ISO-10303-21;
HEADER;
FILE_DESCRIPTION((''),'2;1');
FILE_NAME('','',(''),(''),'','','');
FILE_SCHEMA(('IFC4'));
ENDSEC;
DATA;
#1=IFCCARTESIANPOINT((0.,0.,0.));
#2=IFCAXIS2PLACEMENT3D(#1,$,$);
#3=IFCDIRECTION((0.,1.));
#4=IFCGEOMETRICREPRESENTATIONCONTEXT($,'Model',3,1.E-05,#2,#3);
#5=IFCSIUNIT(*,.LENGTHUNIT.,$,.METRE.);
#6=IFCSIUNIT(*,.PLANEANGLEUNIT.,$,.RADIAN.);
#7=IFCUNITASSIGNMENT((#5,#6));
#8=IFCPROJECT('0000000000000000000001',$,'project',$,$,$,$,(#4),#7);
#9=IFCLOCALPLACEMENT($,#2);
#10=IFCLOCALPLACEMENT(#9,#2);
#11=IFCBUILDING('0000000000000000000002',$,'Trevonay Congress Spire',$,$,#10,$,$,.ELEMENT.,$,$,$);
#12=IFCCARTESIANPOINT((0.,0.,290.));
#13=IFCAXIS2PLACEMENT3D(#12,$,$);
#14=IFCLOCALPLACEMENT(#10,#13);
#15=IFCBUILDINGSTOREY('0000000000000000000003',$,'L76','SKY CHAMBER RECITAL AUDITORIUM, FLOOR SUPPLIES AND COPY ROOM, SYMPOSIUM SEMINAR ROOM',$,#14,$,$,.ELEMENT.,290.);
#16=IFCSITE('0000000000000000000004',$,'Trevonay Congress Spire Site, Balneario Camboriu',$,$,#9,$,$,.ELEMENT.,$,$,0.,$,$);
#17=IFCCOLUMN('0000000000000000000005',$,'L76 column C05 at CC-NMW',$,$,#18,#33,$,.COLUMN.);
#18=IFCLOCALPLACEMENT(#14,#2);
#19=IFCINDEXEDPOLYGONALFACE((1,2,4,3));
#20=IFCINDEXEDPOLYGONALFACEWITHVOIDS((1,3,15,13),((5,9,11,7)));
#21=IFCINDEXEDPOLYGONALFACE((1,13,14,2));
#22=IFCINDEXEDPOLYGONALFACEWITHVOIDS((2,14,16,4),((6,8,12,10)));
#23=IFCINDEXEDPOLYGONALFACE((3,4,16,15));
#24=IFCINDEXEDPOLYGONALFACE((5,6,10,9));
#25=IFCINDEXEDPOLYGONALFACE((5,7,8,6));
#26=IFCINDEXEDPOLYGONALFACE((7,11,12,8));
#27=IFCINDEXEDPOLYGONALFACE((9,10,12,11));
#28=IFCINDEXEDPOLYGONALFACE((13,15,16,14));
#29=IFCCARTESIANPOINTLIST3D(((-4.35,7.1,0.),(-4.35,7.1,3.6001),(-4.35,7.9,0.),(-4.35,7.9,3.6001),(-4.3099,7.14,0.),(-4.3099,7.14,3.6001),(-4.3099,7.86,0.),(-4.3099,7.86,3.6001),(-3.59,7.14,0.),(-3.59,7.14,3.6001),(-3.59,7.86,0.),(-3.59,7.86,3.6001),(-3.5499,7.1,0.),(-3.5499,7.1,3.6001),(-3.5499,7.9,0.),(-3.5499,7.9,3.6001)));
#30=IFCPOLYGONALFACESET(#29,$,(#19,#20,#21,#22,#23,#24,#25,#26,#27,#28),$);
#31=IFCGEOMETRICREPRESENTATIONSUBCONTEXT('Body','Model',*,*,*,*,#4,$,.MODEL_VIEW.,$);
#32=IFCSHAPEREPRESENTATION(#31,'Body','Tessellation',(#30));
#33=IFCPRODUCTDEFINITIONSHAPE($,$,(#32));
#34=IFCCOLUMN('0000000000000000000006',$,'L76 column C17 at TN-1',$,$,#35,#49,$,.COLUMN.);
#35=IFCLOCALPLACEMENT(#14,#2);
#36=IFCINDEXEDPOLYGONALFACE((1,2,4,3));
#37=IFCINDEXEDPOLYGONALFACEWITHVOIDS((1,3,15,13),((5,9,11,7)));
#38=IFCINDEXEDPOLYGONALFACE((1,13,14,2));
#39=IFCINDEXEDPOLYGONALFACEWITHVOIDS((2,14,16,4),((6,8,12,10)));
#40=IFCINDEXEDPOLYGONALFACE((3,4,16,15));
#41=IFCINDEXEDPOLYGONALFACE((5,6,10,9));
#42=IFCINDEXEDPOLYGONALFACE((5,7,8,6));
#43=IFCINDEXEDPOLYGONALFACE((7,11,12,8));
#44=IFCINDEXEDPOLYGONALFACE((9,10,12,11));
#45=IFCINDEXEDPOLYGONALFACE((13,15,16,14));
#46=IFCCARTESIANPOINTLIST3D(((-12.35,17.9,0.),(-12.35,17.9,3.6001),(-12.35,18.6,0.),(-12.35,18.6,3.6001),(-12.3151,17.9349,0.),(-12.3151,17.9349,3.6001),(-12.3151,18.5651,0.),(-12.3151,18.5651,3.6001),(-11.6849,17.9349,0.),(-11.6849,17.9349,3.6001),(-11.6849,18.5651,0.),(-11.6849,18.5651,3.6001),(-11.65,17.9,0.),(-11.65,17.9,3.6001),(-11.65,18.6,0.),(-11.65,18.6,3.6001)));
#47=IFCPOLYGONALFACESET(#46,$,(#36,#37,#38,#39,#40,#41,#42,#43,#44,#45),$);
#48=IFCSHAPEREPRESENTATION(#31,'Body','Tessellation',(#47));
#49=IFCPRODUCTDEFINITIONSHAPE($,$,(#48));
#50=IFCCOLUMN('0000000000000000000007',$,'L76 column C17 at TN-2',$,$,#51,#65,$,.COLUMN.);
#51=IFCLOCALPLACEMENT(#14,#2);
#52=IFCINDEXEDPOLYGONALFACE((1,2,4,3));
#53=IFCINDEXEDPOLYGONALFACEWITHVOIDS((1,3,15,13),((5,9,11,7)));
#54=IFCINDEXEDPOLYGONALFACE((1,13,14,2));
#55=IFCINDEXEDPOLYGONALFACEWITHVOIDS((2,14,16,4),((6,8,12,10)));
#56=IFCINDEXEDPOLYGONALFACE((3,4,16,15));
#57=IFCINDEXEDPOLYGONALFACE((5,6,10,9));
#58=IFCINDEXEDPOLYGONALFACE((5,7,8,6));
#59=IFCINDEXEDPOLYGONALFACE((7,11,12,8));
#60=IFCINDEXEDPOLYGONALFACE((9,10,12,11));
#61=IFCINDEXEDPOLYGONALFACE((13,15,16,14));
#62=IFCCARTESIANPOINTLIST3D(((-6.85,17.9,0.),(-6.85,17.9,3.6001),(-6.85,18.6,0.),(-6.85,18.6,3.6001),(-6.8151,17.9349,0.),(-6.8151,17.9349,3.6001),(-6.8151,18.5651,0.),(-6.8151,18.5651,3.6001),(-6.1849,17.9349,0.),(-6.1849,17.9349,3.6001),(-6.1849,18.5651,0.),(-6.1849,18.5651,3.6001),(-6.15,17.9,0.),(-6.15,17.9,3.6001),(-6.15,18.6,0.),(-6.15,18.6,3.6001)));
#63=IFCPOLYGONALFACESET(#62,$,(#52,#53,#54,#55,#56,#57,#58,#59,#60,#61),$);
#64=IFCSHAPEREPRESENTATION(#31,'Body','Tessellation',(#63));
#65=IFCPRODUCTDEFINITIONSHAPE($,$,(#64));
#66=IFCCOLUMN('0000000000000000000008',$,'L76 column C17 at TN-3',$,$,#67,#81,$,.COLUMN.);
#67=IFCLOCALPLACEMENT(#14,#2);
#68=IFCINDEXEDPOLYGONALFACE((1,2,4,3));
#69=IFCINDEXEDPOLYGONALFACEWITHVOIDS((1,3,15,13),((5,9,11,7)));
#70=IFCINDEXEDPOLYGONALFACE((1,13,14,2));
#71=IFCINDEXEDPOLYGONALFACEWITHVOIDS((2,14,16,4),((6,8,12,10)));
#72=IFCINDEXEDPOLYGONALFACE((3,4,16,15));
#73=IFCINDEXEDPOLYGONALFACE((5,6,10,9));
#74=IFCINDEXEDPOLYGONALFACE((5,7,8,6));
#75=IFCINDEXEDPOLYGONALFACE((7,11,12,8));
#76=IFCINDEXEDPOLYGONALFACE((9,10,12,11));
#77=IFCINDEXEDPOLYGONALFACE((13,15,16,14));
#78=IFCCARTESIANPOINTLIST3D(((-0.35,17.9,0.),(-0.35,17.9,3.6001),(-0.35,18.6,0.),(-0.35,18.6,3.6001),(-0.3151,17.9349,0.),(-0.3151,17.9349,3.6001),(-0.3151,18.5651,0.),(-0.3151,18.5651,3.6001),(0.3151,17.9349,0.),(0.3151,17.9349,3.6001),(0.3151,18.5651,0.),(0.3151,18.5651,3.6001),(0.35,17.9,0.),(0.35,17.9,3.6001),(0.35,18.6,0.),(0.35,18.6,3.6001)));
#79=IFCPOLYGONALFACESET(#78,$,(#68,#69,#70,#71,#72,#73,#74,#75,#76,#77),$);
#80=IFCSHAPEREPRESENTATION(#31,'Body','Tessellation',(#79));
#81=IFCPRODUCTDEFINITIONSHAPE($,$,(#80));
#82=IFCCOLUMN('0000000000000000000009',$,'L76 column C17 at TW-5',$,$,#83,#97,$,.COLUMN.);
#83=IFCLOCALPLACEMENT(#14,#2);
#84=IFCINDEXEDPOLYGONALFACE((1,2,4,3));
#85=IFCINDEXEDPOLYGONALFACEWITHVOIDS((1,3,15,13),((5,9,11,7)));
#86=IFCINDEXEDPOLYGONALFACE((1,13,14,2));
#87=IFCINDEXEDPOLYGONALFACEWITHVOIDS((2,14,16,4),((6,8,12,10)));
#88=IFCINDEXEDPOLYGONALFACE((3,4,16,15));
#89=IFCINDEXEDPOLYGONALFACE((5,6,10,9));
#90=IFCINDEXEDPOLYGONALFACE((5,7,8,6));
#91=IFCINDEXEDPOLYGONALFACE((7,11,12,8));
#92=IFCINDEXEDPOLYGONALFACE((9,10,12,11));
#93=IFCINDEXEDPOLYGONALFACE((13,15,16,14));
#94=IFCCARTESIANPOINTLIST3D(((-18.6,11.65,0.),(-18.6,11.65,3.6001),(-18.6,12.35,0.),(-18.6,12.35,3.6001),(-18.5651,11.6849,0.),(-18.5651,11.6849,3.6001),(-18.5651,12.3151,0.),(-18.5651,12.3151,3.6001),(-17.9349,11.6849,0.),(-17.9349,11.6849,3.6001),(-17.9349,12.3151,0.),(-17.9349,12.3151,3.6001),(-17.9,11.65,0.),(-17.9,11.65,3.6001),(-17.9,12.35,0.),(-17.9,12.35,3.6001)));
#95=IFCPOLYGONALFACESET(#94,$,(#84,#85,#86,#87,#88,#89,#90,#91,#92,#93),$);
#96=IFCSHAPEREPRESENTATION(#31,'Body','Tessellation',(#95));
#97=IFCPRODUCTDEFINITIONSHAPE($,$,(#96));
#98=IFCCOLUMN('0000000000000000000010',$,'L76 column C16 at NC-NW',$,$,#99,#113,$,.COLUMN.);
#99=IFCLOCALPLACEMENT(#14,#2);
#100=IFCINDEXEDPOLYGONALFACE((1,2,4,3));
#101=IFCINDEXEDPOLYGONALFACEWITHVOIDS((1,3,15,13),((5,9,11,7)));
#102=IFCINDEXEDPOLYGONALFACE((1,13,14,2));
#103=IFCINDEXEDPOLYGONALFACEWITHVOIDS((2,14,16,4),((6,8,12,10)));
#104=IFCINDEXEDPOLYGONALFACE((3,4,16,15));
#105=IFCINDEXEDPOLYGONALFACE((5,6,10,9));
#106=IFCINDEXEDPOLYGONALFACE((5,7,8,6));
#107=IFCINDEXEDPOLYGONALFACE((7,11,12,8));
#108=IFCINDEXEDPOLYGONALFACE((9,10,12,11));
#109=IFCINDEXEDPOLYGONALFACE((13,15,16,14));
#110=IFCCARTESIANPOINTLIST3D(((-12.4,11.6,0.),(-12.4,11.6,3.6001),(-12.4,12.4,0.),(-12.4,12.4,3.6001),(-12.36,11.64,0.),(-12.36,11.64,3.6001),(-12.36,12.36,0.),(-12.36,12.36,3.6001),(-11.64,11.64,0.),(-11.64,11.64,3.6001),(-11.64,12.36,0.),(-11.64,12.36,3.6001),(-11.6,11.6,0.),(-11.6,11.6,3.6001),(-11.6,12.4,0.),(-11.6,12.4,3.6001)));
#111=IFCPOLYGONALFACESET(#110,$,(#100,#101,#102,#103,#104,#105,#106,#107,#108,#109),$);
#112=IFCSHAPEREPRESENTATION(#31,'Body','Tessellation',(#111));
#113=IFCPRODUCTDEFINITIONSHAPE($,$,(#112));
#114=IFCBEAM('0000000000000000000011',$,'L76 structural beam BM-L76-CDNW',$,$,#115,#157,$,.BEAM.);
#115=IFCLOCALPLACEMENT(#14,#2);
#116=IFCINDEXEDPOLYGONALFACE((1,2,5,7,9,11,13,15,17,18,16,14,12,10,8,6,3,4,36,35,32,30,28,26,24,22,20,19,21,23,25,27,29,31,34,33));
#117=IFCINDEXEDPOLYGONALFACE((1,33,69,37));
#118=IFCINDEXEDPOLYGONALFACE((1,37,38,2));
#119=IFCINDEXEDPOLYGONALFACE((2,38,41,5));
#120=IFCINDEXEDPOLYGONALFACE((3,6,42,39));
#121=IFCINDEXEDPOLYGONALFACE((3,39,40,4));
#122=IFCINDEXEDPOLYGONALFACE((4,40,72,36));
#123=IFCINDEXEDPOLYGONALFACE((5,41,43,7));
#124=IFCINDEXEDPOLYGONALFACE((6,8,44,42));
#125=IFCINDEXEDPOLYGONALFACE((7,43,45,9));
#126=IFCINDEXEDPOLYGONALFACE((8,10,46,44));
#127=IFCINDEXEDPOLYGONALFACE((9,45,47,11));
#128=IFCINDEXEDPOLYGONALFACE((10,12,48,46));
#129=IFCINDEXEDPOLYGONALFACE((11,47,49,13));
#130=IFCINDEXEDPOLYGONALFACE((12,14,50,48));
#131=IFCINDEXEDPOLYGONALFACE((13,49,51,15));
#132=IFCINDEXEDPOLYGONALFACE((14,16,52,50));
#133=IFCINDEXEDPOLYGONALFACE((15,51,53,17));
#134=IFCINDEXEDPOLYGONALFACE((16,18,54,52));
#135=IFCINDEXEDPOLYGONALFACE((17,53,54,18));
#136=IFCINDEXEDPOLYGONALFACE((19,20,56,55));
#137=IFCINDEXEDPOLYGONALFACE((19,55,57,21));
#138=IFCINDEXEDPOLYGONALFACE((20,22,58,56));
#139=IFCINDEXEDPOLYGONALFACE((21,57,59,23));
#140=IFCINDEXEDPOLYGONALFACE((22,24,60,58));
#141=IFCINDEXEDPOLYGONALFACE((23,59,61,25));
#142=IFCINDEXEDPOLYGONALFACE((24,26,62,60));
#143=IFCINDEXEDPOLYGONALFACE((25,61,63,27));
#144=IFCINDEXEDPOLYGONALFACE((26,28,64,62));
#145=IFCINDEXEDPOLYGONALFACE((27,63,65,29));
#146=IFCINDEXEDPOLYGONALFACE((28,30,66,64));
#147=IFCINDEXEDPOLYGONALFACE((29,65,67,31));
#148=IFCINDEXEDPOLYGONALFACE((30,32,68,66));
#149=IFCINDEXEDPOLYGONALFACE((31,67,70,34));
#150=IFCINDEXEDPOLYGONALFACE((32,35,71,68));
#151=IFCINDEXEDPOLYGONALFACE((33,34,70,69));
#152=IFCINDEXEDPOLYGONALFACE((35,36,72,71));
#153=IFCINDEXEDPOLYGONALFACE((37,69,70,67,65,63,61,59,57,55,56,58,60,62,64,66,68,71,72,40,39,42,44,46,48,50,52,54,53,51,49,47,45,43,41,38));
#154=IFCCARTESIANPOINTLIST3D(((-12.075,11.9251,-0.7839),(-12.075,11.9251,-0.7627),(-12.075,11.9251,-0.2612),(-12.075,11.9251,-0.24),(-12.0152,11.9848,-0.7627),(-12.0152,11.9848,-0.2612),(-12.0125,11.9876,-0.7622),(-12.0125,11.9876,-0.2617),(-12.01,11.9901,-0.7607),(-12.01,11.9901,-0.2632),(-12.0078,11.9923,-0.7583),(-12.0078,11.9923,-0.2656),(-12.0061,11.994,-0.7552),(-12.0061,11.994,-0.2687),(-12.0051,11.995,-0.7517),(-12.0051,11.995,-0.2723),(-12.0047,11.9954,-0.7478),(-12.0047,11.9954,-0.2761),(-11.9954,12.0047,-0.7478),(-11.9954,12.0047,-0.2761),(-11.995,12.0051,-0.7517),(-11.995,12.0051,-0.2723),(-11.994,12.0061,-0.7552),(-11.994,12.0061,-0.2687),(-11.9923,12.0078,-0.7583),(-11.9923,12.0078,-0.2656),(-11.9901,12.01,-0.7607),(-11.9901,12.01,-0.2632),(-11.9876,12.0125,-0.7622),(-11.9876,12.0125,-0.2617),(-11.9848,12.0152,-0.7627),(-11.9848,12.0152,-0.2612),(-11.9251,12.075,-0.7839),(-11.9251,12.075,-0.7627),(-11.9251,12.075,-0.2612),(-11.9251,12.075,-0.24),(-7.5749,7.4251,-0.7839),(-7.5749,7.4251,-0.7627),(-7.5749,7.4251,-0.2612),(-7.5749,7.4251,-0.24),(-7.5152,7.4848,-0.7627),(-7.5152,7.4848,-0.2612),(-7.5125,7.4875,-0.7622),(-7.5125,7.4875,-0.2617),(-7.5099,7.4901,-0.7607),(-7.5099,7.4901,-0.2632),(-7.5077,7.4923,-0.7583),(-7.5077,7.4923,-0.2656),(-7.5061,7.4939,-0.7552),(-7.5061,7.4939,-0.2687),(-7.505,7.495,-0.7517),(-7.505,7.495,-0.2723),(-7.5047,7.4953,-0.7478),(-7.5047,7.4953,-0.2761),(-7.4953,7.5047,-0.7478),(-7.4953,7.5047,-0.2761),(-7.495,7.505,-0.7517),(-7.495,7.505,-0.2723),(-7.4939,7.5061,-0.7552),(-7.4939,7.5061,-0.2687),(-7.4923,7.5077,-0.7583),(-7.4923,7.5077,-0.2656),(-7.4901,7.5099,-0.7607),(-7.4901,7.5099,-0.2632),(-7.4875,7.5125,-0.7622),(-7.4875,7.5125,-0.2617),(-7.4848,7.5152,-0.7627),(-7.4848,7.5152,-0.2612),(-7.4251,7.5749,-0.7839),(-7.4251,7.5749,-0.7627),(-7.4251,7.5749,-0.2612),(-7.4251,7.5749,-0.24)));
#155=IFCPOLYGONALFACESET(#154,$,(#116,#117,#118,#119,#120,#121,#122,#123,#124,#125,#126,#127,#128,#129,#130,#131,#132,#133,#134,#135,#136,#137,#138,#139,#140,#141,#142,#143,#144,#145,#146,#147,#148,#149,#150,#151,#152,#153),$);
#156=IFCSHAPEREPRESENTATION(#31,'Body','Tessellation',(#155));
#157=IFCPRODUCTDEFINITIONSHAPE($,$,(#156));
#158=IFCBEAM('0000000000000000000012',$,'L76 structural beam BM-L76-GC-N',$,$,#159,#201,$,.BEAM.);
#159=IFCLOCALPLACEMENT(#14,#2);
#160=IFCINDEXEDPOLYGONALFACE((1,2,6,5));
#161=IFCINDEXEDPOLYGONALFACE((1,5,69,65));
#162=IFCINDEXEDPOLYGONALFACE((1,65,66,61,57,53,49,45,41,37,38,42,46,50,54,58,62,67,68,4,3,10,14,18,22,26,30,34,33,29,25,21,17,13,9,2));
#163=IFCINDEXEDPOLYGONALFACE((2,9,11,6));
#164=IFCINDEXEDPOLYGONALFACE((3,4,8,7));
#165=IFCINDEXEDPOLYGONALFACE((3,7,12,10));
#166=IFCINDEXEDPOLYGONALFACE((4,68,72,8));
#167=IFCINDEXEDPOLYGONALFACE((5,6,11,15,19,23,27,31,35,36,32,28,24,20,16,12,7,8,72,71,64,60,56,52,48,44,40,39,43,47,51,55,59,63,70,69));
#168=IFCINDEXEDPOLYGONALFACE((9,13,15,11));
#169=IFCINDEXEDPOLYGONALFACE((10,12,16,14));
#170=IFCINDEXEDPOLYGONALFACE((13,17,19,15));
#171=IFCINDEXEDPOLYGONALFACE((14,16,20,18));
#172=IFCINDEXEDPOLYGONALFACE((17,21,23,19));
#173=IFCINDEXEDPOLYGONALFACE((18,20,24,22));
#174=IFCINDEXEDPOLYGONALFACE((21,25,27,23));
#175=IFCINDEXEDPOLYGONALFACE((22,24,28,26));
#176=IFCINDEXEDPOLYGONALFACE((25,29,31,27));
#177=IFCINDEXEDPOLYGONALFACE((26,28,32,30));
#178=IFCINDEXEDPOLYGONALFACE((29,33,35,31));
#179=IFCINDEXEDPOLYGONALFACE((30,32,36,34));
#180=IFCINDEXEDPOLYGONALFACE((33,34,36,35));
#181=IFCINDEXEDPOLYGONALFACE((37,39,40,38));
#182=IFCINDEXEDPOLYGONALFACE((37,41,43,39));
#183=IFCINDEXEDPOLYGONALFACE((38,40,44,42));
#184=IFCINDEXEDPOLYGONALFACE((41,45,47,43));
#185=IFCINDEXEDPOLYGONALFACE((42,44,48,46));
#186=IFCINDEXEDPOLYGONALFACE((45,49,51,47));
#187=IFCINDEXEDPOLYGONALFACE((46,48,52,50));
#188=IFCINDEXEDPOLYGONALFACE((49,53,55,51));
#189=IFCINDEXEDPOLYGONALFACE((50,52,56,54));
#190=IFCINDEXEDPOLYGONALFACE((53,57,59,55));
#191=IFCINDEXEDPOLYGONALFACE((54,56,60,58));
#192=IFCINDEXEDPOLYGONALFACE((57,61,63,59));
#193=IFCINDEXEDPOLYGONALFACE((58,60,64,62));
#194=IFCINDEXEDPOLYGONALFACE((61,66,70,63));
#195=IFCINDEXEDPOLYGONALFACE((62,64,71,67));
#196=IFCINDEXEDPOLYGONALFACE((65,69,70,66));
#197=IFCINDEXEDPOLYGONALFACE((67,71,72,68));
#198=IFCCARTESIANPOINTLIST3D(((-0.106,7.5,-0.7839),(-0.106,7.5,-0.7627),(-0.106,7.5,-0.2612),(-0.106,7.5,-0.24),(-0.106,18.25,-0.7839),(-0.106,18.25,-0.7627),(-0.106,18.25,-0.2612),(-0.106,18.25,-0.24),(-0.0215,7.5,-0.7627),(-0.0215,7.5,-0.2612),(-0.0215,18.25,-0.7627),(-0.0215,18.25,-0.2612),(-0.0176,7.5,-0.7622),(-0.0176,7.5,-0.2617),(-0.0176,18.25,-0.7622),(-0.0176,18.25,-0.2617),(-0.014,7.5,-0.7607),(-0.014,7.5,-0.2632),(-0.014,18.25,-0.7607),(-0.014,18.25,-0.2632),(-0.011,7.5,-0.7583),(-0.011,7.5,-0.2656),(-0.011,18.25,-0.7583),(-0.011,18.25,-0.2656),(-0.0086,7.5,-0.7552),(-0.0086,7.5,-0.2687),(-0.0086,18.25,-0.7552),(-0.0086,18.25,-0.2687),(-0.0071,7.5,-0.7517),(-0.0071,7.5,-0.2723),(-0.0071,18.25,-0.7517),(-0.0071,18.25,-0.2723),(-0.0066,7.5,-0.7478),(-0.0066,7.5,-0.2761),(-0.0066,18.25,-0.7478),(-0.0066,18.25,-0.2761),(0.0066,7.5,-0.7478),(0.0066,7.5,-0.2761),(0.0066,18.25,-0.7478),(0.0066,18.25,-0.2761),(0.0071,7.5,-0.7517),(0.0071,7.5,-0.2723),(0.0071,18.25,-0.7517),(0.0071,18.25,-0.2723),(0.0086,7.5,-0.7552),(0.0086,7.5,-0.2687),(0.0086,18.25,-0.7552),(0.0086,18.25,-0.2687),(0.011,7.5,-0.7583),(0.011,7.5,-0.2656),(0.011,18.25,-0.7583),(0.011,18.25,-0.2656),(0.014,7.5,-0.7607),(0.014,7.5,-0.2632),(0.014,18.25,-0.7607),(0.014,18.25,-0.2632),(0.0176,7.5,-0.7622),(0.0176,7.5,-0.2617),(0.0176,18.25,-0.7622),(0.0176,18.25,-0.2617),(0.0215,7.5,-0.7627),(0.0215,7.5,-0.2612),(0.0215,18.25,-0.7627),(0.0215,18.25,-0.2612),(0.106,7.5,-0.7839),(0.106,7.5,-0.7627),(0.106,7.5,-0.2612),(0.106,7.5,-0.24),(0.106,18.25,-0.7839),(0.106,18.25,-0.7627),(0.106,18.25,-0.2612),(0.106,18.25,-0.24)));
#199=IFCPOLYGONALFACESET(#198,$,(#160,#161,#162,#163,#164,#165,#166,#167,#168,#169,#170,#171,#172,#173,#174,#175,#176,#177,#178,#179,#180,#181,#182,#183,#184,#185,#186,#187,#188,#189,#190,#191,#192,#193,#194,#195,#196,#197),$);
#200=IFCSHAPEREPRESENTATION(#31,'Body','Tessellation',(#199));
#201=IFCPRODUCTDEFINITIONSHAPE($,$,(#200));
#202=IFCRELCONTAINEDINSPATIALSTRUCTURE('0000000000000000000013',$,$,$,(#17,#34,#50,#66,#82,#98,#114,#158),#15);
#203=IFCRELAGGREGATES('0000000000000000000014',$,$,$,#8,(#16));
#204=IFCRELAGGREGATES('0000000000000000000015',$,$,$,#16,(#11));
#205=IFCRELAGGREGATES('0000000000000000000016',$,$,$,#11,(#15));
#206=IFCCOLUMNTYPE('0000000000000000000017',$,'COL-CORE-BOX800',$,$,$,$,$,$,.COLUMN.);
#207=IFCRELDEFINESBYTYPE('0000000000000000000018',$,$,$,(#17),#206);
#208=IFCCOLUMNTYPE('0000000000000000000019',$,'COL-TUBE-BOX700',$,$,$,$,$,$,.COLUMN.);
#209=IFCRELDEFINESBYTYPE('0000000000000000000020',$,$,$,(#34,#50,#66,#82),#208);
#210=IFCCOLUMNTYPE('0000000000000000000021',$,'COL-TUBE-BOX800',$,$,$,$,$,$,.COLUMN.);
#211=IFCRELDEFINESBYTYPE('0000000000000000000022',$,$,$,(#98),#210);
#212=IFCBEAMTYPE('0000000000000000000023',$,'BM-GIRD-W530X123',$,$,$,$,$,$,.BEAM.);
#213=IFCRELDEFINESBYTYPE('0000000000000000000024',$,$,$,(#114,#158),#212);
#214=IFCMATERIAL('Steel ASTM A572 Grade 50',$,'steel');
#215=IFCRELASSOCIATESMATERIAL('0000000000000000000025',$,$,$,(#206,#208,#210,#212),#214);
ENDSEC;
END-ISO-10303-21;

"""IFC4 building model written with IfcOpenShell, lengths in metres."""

from ifc_helpers import new_model, si_unit, direction, frame, origin, origin_2d, place, context, subcontext, project, spatial, hollow_rectangle, i_section, extrude, material, material_profile, profile_set, type_object, element, save


model = new_model("IFC4")

# Units and contexts
model_context = context("Model", 3, precision=1e-05, world=origin(), true_north=direction((0.0, 1.0)))
body_context = subcontext(model_context, "Body", "Model", "MODEL_VIEW")
ifc_project = project(units=[si_unit("LENGTHUNIT", "METRE"), si_unit("PLANEANGLEUNIT", "RADIAN")], contexts=[model_context])

# Site, building, storey
site_placement = place(None, origin())
site = spatial("IfcSite", under=ifc_project, at=site_placement, Name="Trevonay Congress Spire Site, Balneario Camboriu", CompositionType="ELEMENT", RefElevation=0.0)
building_placement = place(site_placement, origin())
building = spatial("IfcBuilding", under=site, at=building_placement, Name="Trevonay Congress Spire", CompositionType="ELEMENT")
storey_placement = place(building_placement, frame((0.0, 0.0, 290.0)))
storey = spatial("IfcBuildingStorey", under=building, at=storey_placement, Name="L76", Description="SKY CHAMBER RECITAL AUDITORIUM, FLOOR SUPPLIES AND COPY ROOM, SYMPOSIUM SEMINAR ROOM", CompositionType="ELEMENT", Elevation=290.0)

# Columns
ifc_material_1 = material(Name="Steel ASTM A572 Grade 50", Category="steel")
ifc_material_profile_1 = material_profile(ifc_material_1, hollow_rectangle(XDim=0.8, YDim=0.8, WallThickness=0.04, at=origin_2d()), Name="BOX 800x800x40")
ifc_profile_set_1 = profile_set([ifc_material_profile_1], Name="Steel ASTM A572 Grade 50")
column_type_1 = type_object("IfcColumnType", Name="COL-CORE-BOX800", PredefinedType="COLUMN", material=ifc_profile_set_1)
column_1_placement = place(storey_placement, frame((-3.95, 7.5, 0.0), z_axis=(0.0, 0.0, 1.0), x_axis=(1.0, 0.0, 0.0)))
element("IfcColumn", 1, at=column_1_placement, inside=storey, type_object=column_type_1, Name="L76 column C05 at CC-NMW", PredefinedType="COLUMN", context=body_context, shape_type="SweptSolid", body=[
    extrude(hollow_rectangle(XDim=0.8, YDim=0.8, WallThickness=0.04, at=origin_2d()), origin(), (0.0, 0.0, 1.0), 3.6001),
])
ifc_material_profile_2 = material_profile(ifc_material_1, hollow_rectangle(XDim=0.7, YDim=0.7, WallThickness=0.0349, at=origin_2d()), Name="BOX 700x700x35")
ifc_profile_set_2 = profile_set([ifc_material_profile_2], Name="Steel ASTM A572 Grade 50")
column_type_2 = type_object("IfcColumnType", Name="COL-TUBE-BOX700", PredefinedType="COLUMN", material=ifc_profile_set_2)
for number, where, z_axis, x_axis, name in (
    (2, (-12.0, 18.25, 0.0), (0.0, 0.0, 1.0), (1.0, 0.0, 0.0), "L76 column C17 at TN-1"),
    (3, (-6.5, 18.25, 0.0), (0.0, 0.0, 1.0), (1.0, 0.0, 0.0), "L76 column C17 at TN-2"),
    (4, (0.0, 18.25, 0.0), (0.0, 0.0, 1.0), (1.0, 0.0, 0.0), "L76 column C17 at TN-3"),
    (5, (-18.25, 12.0, 0.0), (0.0, 0.0, 1.0), (1.0, 0.0, 0.0), "L76 column C17 at TW-5"),
):
    element("IfcColumn", number, at=place(storey_placement, frame(where, z_axis=z_axis, x_axis=x_axis)), inside=storey, type_object=column_type_2, Name=name, PredefinedType="COLUMN", context=body_context, shape_type="SweptSolid", body=[
        extrude(hollow_rectangle(XDim=0.7, YDim=0.7, WallThickness=0.0349, at=origin_2d()), origin(), (0.0, 0.0, 1.0), 3.6001),
    ])
ifc_material_profile_3 = material_profile(ifc_material_1, hollow_rectangle(XDim=0.8, YDim=0.8, WallThickness=0.04, at=origin_2d()), Name="BOX 800x800x40")
ifc_profile_set_3 = profile_set([ifc_material_profile_3], Name="Steel ASTM A572 Grade 50")
column_type_3 = type_object("IfcColumnType", Name="COL-TUBE-BOX800", PredefinedType="COLUMN", material=ifc_profile_set_3)
column_2_placement = place(storey_placement, frame((-12.0, 12.0, 0.0), z_axis=(0.0, 0.0, 1.0), x_axis=(1.0, 0.0, 0.0)))
element("IfcColumn", 6, at=column_2_placement, inside=storey, type_object=column_type_3, Name="L76 column C16 at NC-NW", PredefinedType="COLUMN", context=body_context, shape_type="SweptSolid", body=[
    extrude(hollow_rectangle(XDim=0.8, YDim=0.8, WallThickness=0.04, at=origin_2d()), origin(), (0.0, 0.0, 1.0), 3.6001),
])

# Beams
ifc_material_profile_4 = material_profile(ifc_material_1, i_section(OverallWidth=0.2119, OverallDepth=0.5439, WebThickness=0.0132, FlangeThickness=0.0212, FilletRadius=0.0149, at=origin_2d()), Name="W530x123")
ifc_profile_set_4 = profile_set([ifc_material_profile_4], Name="Steel ASTM A572 Grade 50")
beam_type_1 = type_object("IfcBeamType", Name="BM-GIRD-W530X123", PredefinedType="BEAM", material=ifc_profile_set_4)
beam_1_placement = place(storey_placement, frame((-7.5, 7.5, -0.512), z_axis=(-0.707107, 0.707107, 0.0), x_axis=(-0.707107, -0.707107, 0.0)))
element("IfcBeam", 7, at=beam_1_placement, inside=storey, type_object=beam_type_1, Name="L76 structural beam BM-L76-CDNW", PredefinedType="BEAM", context=body_context, shape_type="SweptSolid", body=[
    extrude(i_section(OverallWidth=0.2119, OverallDepth=0.5439, WebThickness=0.0132, FlangeThickness=0.0212, FilletRadius=0.0149, at=origin_2d()), origin(), (0.0, 0.0, 1.0), 6.364),
])
beam_2_placement = place(storey_placement, frame((0.0, 7.5, -0.512), z_axis=(0.0, 1.0, 0.0), x_axis=(-1.0, 0.0, 0.0)))
element("IfcBeam", 8, at=beam_2_placement, inside=storey, type_object=beam_type_1, Name="L76 structural beam BM-L76-GC-N", PredefinedType="BEAM", context=body_context, shape_type="SweptSolid", body=[
    extrude(i_section(OverallWidth=0.2119, OverallDepth=0.5439, WebThickness=0.0132, FlangeThickness=0.0212, FilletRadius=0.0149, at=origin_2d()), origin(), (0.0, 0.0, 1.0), 10.75),
])

save(model, "model.ifc")
